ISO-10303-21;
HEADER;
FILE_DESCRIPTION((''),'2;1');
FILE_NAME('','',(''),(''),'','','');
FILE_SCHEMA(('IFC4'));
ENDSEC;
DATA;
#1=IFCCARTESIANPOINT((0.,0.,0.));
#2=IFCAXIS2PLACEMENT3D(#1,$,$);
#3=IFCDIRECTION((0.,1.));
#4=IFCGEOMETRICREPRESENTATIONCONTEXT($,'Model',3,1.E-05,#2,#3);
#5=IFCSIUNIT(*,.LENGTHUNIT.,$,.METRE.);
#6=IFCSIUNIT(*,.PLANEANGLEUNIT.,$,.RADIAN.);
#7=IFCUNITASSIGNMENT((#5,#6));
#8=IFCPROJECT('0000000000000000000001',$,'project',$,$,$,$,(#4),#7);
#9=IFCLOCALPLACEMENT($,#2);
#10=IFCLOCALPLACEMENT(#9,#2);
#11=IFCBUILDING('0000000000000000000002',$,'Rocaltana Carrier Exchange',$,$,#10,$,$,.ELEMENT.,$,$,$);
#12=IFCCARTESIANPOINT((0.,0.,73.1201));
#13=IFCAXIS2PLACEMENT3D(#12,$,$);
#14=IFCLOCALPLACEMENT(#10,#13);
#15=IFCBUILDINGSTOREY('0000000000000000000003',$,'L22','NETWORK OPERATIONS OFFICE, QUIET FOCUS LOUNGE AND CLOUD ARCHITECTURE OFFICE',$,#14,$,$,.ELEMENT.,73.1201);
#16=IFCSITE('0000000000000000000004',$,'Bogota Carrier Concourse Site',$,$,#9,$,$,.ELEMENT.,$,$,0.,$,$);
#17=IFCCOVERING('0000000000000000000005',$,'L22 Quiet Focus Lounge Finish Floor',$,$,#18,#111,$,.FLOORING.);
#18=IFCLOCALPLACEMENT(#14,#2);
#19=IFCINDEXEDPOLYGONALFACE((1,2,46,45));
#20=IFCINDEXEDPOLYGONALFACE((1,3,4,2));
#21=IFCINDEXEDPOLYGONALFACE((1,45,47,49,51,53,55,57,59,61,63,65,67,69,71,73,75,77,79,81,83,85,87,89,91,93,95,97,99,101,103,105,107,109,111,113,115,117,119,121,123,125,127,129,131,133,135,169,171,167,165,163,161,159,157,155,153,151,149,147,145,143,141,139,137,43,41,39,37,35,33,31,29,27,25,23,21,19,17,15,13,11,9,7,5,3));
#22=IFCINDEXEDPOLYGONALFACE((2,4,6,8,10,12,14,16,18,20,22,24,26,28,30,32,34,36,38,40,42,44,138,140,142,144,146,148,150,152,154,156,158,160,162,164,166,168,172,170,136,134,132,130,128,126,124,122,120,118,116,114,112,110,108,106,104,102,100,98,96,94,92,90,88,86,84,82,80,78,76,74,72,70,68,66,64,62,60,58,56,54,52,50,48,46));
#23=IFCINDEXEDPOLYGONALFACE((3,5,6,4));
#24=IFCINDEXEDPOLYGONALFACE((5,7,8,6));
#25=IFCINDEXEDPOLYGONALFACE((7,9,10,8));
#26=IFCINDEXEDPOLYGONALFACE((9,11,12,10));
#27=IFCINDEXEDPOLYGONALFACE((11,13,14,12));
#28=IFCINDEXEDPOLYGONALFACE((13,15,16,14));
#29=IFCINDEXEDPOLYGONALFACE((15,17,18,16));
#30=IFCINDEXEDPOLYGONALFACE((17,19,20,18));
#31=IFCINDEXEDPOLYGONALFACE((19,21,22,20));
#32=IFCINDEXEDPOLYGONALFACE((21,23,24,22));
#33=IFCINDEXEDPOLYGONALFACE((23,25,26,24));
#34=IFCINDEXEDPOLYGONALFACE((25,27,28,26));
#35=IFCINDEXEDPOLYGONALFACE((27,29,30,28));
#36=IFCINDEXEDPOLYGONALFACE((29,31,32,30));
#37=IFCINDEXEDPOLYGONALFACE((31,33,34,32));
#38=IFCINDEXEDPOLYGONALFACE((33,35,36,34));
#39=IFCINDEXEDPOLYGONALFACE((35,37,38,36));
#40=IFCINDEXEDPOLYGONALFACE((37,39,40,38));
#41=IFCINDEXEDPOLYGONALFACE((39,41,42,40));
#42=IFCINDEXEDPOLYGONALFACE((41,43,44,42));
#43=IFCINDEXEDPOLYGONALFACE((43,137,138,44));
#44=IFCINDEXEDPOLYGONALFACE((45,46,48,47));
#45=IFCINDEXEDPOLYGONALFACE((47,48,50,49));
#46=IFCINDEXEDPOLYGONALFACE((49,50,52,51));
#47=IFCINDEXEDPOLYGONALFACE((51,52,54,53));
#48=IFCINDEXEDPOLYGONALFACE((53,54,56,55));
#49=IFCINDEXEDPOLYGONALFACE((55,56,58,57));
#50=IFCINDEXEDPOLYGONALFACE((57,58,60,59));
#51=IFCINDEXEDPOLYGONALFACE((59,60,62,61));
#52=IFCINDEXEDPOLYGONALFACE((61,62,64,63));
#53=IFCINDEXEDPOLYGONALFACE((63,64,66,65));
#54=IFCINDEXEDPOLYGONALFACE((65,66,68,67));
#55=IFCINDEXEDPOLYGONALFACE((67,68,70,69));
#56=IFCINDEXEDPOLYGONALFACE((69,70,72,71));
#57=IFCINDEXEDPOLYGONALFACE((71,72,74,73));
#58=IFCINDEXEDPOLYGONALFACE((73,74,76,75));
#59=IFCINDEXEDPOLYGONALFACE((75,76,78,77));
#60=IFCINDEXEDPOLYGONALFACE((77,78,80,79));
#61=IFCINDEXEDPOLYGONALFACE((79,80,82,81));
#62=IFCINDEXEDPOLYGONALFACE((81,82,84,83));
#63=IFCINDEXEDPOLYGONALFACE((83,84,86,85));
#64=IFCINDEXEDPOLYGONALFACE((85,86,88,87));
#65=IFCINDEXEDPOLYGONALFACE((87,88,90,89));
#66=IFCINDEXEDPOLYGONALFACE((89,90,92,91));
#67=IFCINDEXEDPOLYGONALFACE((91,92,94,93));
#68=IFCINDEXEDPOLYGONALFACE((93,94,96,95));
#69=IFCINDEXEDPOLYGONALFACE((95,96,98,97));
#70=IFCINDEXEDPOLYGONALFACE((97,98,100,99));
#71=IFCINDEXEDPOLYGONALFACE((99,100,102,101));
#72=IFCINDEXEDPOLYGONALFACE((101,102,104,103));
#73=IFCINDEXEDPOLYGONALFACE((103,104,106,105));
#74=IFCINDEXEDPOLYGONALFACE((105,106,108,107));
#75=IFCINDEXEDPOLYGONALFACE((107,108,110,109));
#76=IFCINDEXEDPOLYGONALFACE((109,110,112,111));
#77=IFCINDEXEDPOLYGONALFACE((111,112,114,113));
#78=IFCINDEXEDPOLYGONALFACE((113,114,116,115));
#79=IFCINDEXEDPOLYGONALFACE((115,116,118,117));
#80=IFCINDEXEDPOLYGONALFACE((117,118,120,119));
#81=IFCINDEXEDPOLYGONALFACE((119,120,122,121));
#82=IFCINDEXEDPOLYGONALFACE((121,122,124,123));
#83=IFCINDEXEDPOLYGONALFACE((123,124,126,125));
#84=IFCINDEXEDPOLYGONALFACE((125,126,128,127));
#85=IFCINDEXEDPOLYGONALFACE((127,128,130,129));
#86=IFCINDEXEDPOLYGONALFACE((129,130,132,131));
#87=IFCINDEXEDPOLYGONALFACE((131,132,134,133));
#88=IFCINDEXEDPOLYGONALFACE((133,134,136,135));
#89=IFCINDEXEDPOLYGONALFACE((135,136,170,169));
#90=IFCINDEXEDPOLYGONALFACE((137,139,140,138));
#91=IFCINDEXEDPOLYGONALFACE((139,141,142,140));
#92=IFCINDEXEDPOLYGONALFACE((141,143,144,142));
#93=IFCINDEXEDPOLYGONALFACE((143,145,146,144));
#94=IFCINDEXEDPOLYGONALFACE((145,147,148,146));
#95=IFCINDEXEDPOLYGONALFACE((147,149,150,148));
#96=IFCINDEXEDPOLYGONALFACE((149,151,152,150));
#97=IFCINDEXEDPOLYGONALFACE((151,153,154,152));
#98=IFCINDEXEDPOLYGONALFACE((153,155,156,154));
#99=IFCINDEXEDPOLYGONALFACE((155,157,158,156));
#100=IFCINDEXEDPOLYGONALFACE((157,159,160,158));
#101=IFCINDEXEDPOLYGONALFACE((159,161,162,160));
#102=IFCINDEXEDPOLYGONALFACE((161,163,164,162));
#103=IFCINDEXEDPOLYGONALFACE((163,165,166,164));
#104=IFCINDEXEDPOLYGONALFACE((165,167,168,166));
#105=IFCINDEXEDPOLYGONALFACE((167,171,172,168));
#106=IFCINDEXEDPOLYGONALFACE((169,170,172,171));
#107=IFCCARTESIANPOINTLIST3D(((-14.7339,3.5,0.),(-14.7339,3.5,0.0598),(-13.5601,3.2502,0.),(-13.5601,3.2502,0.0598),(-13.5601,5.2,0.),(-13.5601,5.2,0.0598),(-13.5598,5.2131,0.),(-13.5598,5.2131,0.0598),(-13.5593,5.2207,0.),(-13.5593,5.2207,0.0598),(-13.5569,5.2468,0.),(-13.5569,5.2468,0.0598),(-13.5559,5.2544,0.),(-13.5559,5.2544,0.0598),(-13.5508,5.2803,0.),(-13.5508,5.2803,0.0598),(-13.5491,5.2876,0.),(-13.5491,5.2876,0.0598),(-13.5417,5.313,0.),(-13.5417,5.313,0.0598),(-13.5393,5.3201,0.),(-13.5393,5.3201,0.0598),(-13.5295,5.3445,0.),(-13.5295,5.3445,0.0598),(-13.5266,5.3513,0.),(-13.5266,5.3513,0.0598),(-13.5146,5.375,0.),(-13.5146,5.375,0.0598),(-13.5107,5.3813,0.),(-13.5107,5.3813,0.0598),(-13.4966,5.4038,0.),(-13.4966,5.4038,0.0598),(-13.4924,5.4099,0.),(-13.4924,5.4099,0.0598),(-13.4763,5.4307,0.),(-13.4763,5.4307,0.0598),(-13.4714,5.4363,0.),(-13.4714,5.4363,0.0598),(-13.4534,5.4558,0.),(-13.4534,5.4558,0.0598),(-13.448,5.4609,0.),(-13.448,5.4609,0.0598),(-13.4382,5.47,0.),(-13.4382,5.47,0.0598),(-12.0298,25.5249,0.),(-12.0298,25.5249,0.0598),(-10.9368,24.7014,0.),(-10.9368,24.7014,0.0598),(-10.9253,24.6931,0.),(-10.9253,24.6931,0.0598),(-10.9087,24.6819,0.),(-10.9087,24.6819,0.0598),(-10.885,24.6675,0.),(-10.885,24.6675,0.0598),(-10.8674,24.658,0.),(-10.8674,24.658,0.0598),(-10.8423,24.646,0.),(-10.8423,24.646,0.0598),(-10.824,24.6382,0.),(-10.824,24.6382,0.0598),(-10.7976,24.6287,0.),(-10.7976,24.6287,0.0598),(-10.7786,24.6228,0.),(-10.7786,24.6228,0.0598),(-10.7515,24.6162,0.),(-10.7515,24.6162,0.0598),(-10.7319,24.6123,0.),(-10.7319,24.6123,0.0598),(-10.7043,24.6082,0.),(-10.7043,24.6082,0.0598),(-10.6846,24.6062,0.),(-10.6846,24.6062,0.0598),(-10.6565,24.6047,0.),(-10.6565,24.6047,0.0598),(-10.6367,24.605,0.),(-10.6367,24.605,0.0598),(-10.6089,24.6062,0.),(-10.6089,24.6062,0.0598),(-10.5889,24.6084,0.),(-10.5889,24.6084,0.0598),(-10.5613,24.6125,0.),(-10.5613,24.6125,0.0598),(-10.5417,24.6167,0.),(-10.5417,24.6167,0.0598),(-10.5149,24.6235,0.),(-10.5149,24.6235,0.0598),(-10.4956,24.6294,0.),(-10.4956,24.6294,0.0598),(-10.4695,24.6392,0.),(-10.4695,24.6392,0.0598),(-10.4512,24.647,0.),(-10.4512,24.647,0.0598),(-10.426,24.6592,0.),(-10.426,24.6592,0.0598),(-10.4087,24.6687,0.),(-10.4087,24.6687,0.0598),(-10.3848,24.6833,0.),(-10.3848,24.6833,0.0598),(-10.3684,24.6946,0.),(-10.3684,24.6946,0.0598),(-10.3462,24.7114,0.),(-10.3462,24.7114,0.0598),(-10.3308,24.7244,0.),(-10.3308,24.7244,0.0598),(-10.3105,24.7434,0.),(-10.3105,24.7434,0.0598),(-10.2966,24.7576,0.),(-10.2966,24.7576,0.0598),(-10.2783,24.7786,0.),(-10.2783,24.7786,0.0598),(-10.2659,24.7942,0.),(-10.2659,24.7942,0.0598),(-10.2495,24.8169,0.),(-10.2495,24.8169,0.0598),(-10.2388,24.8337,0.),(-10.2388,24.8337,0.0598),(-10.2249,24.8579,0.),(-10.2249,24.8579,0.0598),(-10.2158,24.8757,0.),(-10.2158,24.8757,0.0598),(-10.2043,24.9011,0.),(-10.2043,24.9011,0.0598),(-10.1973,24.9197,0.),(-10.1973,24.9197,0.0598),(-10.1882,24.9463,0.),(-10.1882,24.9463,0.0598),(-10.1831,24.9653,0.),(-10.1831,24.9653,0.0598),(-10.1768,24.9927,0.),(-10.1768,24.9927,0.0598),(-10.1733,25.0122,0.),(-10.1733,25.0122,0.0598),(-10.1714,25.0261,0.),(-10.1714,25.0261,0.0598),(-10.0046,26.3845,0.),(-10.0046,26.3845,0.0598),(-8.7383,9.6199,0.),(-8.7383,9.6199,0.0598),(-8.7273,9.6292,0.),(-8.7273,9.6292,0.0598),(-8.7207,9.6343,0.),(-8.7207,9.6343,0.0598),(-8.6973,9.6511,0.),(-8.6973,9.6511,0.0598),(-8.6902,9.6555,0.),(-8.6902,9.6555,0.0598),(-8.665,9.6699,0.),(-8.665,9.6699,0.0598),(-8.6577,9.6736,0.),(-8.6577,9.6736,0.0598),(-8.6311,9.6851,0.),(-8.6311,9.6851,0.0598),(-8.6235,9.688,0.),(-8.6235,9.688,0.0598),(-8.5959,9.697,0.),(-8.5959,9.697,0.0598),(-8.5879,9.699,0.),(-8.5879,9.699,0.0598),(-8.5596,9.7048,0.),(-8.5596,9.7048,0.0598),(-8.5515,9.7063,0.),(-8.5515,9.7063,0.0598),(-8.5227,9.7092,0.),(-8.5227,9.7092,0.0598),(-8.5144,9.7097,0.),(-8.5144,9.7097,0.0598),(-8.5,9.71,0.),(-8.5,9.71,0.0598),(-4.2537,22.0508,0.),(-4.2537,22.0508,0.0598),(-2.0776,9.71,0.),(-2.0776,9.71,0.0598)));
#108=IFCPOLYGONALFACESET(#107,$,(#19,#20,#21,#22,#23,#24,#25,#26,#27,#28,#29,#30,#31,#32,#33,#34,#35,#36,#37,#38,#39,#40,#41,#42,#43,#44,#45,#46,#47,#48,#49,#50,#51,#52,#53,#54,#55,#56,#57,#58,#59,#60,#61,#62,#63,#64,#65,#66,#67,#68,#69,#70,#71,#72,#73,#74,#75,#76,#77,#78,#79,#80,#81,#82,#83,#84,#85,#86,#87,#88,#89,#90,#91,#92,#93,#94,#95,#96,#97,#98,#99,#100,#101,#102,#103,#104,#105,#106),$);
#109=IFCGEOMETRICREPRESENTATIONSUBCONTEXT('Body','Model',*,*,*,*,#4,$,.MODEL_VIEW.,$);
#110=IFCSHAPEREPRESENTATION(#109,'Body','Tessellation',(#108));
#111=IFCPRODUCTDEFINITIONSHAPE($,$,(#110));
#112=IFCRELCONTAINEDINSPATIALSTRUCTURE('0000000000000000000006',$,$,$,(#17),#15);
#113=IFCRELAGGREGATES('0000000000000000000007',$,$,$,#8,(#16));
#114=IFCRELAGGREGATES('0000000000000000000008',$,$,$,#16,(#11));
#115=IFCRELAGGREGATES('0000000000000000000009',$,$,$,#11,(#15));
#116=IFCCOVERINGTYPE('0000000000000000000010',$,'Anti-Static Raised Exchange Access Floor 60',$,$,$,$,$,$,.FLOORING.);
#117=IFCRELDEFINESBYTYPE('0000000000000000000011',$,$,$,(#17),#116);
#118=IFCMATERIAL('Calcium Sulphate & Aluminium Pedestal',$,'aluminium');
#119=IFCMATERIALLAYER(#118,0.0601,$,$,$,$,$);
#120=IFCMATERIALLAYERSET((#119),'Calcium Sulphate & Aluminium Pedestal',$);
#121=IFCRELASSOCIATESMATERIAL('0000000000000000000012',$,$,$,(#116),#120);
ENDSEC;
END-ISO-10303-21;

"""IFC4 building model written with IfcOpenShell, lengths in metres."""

from ifc_helpers import new_model, si_unit, direction, frame, origin, place, context, subcontext, project, spatial, polyline, outline, extrude, material, layer, layer_set, type_object, element, save


model = new_model("IFC4")

# Units and contexts
model_context = context("Model", 3, precision=1e-05, world=origin(), true_north=direction((0.0, 1.0)))
body_context = subcontext(model_context, "Body", "Model", "MODEL_VIEW")
ifc_project = project(units=[si_unit("LENGTHUNIT", "METRE"), si_unit("PLANEANGLEUNIT", "RADIAN")], contexts=[model_context])

# Site, building, storey
site_placement = place(None, origin())
site = spatial("IfcSite", under=ifc_project, at=site_placement, Name="Bogota Carrier Concourse Site", CompositionType="ELEMENT", RefElevation=0.0)
building_placement = place(site_placement, origin())
building = spatial("IfcBuilding", under=site, at=building_placement, Name="Rocaltana Carrier Exchange", CompositionType="ELEMENT")
storey_placement = place(building_placement, frame((0.0, 0.0, 73.1201)))
storey = spatial("IfcBuildingStorey", under=building, at=storey_placement, Name="L22", Description="NETWORK OPERATIONS OFFICE, QUIET FOCUS LOUNGE AND CLOUD ARCHITECTURE OFFICE", CompositionType="ELEMENT", Elevation=73.1201)

# Covering
ifc_material_1 = material(Name="Calcium Sulphate & Aluminium Pedestal", Category="aluminium")
ifc_layer_1 = layer(ifc_material_1, 0.0601)
ifc_layer_set_1 = layer_set([ifc_layer_1], Name="Calcium Sulphate & Aluminium Pedestal")
covering_type_1 = type_object("IfcCoveringType", Name="Anti-Static Raised Exchange Access Floor 60", PredefinedType="FLOORING", material=ifc_layer_set_1)
covering_1_placement = place(storey_placement, origin())
element("IfcCovering", 1, at=covering_1_placement, inside=storey, type_object=covering_type_1, Name="L22 Quiet Focus Lounge Finish Floor", PredefinedType="FLOORING", context=body_context, shape_type="SweptSolid", body=[
    extrude(outline(polyline([(-12.0298, 25.5249), (-10.9368, 24.7014), (-10.9253, 24.6931), (-10.9087, 24.6819), (-10.885, 24.6675), (-10.8674, 24.658), (-10.8423, 24.646), (-10.824, 24.6382), (-10.7976, 24.6287), (-10.7786, 24.6228), (-10.7515, 24.6162), (-10.7319, 24.6123), (-10.7043, 24.6082), (-10.6846, 24.6062), (-10.6565, 24.6047), (-10.6367, 24.605), (-10.6089, 24.6062), (-10.5889, 24.6084), (-10.5613, 24.6125), (-10.5417, 24.6167), (-10.5149, 24.6235), (-10.4956, 24.6294), (-10.4695, 24.6392), (-10.4512, 24.647), (-10.426, 24.6592), (-10.4087, 24.6687), (-10.3848, 24.6833), (-10.3684, 24.6946), (-10.3462, 24.7114), (-10.3308, 24.7244), (-10.3105, 24.7434), (-10.2966, 24.7576), (-10.2783, 24.7786), (-10.2659, 24.7942), (-10.2495, 24.8169), (-10.2388, 24.8337), (-10.2249, 24.8579), (-10.2158, 24.8757), (-10.2043, 24.9011), (-10.1973, 24.9197), (-10.1882, 24.9463), (-10.1831, 24.9653), (-10.1768, 24.9927), (-10.1733, 25.0122), (-10.1714, 25.0261), (-10.0046, 26.3845), (-4.2537, 22.0508), (-2.0776, 9.71), (-8.5, 9.71), (-8.5144, 9.7097), (-8.5227, 9.7092), (-8.5515, 9.7063), (-8.5596, 9.7048), (-8.5879, 9.699), (-8.5959, 9.697), (-8.6235, 9.688), (-8.6311, 9.6851), (-8.6577, 9.6736), (-8.665, 9.6699), (-8.6902, 9.6555), (-8.6973, 9.6511), (-8.7207, 9.6343), (-8.7273, 9.6292), (-8.7383, 9.6199), (-13.4382, 5.47), (-13.448, 5.4609), (-13.4534, 5.4558), (-13.4714, 5.4363), (-13.4763, 5.4307), (-13.4924, 5.4099), (-13.4966, 5.4038), (-13.5107, 5.3813), (-13.5146, 5.375), (-13.5266, 5.3513), (-13.5295, 5.3445), (-13.5393, 5.3201), (-13.5417, 5.313), (-13.5491, 5.2876), (-13.5508, 5.2803), (-13.5559, 5.2544), (-13.5569, 5.2468), (-13.5593, 5.2207), (-13.5598, 5.2131), (-13.5601, 5.2), (-13.5601, 3.2502), (-14.7339, 3.5), (-12.0298, 25.5249)])), origin(), (0.0, 0.0, 1.0), 0.0598),
])

save(model, "model.ifc")
